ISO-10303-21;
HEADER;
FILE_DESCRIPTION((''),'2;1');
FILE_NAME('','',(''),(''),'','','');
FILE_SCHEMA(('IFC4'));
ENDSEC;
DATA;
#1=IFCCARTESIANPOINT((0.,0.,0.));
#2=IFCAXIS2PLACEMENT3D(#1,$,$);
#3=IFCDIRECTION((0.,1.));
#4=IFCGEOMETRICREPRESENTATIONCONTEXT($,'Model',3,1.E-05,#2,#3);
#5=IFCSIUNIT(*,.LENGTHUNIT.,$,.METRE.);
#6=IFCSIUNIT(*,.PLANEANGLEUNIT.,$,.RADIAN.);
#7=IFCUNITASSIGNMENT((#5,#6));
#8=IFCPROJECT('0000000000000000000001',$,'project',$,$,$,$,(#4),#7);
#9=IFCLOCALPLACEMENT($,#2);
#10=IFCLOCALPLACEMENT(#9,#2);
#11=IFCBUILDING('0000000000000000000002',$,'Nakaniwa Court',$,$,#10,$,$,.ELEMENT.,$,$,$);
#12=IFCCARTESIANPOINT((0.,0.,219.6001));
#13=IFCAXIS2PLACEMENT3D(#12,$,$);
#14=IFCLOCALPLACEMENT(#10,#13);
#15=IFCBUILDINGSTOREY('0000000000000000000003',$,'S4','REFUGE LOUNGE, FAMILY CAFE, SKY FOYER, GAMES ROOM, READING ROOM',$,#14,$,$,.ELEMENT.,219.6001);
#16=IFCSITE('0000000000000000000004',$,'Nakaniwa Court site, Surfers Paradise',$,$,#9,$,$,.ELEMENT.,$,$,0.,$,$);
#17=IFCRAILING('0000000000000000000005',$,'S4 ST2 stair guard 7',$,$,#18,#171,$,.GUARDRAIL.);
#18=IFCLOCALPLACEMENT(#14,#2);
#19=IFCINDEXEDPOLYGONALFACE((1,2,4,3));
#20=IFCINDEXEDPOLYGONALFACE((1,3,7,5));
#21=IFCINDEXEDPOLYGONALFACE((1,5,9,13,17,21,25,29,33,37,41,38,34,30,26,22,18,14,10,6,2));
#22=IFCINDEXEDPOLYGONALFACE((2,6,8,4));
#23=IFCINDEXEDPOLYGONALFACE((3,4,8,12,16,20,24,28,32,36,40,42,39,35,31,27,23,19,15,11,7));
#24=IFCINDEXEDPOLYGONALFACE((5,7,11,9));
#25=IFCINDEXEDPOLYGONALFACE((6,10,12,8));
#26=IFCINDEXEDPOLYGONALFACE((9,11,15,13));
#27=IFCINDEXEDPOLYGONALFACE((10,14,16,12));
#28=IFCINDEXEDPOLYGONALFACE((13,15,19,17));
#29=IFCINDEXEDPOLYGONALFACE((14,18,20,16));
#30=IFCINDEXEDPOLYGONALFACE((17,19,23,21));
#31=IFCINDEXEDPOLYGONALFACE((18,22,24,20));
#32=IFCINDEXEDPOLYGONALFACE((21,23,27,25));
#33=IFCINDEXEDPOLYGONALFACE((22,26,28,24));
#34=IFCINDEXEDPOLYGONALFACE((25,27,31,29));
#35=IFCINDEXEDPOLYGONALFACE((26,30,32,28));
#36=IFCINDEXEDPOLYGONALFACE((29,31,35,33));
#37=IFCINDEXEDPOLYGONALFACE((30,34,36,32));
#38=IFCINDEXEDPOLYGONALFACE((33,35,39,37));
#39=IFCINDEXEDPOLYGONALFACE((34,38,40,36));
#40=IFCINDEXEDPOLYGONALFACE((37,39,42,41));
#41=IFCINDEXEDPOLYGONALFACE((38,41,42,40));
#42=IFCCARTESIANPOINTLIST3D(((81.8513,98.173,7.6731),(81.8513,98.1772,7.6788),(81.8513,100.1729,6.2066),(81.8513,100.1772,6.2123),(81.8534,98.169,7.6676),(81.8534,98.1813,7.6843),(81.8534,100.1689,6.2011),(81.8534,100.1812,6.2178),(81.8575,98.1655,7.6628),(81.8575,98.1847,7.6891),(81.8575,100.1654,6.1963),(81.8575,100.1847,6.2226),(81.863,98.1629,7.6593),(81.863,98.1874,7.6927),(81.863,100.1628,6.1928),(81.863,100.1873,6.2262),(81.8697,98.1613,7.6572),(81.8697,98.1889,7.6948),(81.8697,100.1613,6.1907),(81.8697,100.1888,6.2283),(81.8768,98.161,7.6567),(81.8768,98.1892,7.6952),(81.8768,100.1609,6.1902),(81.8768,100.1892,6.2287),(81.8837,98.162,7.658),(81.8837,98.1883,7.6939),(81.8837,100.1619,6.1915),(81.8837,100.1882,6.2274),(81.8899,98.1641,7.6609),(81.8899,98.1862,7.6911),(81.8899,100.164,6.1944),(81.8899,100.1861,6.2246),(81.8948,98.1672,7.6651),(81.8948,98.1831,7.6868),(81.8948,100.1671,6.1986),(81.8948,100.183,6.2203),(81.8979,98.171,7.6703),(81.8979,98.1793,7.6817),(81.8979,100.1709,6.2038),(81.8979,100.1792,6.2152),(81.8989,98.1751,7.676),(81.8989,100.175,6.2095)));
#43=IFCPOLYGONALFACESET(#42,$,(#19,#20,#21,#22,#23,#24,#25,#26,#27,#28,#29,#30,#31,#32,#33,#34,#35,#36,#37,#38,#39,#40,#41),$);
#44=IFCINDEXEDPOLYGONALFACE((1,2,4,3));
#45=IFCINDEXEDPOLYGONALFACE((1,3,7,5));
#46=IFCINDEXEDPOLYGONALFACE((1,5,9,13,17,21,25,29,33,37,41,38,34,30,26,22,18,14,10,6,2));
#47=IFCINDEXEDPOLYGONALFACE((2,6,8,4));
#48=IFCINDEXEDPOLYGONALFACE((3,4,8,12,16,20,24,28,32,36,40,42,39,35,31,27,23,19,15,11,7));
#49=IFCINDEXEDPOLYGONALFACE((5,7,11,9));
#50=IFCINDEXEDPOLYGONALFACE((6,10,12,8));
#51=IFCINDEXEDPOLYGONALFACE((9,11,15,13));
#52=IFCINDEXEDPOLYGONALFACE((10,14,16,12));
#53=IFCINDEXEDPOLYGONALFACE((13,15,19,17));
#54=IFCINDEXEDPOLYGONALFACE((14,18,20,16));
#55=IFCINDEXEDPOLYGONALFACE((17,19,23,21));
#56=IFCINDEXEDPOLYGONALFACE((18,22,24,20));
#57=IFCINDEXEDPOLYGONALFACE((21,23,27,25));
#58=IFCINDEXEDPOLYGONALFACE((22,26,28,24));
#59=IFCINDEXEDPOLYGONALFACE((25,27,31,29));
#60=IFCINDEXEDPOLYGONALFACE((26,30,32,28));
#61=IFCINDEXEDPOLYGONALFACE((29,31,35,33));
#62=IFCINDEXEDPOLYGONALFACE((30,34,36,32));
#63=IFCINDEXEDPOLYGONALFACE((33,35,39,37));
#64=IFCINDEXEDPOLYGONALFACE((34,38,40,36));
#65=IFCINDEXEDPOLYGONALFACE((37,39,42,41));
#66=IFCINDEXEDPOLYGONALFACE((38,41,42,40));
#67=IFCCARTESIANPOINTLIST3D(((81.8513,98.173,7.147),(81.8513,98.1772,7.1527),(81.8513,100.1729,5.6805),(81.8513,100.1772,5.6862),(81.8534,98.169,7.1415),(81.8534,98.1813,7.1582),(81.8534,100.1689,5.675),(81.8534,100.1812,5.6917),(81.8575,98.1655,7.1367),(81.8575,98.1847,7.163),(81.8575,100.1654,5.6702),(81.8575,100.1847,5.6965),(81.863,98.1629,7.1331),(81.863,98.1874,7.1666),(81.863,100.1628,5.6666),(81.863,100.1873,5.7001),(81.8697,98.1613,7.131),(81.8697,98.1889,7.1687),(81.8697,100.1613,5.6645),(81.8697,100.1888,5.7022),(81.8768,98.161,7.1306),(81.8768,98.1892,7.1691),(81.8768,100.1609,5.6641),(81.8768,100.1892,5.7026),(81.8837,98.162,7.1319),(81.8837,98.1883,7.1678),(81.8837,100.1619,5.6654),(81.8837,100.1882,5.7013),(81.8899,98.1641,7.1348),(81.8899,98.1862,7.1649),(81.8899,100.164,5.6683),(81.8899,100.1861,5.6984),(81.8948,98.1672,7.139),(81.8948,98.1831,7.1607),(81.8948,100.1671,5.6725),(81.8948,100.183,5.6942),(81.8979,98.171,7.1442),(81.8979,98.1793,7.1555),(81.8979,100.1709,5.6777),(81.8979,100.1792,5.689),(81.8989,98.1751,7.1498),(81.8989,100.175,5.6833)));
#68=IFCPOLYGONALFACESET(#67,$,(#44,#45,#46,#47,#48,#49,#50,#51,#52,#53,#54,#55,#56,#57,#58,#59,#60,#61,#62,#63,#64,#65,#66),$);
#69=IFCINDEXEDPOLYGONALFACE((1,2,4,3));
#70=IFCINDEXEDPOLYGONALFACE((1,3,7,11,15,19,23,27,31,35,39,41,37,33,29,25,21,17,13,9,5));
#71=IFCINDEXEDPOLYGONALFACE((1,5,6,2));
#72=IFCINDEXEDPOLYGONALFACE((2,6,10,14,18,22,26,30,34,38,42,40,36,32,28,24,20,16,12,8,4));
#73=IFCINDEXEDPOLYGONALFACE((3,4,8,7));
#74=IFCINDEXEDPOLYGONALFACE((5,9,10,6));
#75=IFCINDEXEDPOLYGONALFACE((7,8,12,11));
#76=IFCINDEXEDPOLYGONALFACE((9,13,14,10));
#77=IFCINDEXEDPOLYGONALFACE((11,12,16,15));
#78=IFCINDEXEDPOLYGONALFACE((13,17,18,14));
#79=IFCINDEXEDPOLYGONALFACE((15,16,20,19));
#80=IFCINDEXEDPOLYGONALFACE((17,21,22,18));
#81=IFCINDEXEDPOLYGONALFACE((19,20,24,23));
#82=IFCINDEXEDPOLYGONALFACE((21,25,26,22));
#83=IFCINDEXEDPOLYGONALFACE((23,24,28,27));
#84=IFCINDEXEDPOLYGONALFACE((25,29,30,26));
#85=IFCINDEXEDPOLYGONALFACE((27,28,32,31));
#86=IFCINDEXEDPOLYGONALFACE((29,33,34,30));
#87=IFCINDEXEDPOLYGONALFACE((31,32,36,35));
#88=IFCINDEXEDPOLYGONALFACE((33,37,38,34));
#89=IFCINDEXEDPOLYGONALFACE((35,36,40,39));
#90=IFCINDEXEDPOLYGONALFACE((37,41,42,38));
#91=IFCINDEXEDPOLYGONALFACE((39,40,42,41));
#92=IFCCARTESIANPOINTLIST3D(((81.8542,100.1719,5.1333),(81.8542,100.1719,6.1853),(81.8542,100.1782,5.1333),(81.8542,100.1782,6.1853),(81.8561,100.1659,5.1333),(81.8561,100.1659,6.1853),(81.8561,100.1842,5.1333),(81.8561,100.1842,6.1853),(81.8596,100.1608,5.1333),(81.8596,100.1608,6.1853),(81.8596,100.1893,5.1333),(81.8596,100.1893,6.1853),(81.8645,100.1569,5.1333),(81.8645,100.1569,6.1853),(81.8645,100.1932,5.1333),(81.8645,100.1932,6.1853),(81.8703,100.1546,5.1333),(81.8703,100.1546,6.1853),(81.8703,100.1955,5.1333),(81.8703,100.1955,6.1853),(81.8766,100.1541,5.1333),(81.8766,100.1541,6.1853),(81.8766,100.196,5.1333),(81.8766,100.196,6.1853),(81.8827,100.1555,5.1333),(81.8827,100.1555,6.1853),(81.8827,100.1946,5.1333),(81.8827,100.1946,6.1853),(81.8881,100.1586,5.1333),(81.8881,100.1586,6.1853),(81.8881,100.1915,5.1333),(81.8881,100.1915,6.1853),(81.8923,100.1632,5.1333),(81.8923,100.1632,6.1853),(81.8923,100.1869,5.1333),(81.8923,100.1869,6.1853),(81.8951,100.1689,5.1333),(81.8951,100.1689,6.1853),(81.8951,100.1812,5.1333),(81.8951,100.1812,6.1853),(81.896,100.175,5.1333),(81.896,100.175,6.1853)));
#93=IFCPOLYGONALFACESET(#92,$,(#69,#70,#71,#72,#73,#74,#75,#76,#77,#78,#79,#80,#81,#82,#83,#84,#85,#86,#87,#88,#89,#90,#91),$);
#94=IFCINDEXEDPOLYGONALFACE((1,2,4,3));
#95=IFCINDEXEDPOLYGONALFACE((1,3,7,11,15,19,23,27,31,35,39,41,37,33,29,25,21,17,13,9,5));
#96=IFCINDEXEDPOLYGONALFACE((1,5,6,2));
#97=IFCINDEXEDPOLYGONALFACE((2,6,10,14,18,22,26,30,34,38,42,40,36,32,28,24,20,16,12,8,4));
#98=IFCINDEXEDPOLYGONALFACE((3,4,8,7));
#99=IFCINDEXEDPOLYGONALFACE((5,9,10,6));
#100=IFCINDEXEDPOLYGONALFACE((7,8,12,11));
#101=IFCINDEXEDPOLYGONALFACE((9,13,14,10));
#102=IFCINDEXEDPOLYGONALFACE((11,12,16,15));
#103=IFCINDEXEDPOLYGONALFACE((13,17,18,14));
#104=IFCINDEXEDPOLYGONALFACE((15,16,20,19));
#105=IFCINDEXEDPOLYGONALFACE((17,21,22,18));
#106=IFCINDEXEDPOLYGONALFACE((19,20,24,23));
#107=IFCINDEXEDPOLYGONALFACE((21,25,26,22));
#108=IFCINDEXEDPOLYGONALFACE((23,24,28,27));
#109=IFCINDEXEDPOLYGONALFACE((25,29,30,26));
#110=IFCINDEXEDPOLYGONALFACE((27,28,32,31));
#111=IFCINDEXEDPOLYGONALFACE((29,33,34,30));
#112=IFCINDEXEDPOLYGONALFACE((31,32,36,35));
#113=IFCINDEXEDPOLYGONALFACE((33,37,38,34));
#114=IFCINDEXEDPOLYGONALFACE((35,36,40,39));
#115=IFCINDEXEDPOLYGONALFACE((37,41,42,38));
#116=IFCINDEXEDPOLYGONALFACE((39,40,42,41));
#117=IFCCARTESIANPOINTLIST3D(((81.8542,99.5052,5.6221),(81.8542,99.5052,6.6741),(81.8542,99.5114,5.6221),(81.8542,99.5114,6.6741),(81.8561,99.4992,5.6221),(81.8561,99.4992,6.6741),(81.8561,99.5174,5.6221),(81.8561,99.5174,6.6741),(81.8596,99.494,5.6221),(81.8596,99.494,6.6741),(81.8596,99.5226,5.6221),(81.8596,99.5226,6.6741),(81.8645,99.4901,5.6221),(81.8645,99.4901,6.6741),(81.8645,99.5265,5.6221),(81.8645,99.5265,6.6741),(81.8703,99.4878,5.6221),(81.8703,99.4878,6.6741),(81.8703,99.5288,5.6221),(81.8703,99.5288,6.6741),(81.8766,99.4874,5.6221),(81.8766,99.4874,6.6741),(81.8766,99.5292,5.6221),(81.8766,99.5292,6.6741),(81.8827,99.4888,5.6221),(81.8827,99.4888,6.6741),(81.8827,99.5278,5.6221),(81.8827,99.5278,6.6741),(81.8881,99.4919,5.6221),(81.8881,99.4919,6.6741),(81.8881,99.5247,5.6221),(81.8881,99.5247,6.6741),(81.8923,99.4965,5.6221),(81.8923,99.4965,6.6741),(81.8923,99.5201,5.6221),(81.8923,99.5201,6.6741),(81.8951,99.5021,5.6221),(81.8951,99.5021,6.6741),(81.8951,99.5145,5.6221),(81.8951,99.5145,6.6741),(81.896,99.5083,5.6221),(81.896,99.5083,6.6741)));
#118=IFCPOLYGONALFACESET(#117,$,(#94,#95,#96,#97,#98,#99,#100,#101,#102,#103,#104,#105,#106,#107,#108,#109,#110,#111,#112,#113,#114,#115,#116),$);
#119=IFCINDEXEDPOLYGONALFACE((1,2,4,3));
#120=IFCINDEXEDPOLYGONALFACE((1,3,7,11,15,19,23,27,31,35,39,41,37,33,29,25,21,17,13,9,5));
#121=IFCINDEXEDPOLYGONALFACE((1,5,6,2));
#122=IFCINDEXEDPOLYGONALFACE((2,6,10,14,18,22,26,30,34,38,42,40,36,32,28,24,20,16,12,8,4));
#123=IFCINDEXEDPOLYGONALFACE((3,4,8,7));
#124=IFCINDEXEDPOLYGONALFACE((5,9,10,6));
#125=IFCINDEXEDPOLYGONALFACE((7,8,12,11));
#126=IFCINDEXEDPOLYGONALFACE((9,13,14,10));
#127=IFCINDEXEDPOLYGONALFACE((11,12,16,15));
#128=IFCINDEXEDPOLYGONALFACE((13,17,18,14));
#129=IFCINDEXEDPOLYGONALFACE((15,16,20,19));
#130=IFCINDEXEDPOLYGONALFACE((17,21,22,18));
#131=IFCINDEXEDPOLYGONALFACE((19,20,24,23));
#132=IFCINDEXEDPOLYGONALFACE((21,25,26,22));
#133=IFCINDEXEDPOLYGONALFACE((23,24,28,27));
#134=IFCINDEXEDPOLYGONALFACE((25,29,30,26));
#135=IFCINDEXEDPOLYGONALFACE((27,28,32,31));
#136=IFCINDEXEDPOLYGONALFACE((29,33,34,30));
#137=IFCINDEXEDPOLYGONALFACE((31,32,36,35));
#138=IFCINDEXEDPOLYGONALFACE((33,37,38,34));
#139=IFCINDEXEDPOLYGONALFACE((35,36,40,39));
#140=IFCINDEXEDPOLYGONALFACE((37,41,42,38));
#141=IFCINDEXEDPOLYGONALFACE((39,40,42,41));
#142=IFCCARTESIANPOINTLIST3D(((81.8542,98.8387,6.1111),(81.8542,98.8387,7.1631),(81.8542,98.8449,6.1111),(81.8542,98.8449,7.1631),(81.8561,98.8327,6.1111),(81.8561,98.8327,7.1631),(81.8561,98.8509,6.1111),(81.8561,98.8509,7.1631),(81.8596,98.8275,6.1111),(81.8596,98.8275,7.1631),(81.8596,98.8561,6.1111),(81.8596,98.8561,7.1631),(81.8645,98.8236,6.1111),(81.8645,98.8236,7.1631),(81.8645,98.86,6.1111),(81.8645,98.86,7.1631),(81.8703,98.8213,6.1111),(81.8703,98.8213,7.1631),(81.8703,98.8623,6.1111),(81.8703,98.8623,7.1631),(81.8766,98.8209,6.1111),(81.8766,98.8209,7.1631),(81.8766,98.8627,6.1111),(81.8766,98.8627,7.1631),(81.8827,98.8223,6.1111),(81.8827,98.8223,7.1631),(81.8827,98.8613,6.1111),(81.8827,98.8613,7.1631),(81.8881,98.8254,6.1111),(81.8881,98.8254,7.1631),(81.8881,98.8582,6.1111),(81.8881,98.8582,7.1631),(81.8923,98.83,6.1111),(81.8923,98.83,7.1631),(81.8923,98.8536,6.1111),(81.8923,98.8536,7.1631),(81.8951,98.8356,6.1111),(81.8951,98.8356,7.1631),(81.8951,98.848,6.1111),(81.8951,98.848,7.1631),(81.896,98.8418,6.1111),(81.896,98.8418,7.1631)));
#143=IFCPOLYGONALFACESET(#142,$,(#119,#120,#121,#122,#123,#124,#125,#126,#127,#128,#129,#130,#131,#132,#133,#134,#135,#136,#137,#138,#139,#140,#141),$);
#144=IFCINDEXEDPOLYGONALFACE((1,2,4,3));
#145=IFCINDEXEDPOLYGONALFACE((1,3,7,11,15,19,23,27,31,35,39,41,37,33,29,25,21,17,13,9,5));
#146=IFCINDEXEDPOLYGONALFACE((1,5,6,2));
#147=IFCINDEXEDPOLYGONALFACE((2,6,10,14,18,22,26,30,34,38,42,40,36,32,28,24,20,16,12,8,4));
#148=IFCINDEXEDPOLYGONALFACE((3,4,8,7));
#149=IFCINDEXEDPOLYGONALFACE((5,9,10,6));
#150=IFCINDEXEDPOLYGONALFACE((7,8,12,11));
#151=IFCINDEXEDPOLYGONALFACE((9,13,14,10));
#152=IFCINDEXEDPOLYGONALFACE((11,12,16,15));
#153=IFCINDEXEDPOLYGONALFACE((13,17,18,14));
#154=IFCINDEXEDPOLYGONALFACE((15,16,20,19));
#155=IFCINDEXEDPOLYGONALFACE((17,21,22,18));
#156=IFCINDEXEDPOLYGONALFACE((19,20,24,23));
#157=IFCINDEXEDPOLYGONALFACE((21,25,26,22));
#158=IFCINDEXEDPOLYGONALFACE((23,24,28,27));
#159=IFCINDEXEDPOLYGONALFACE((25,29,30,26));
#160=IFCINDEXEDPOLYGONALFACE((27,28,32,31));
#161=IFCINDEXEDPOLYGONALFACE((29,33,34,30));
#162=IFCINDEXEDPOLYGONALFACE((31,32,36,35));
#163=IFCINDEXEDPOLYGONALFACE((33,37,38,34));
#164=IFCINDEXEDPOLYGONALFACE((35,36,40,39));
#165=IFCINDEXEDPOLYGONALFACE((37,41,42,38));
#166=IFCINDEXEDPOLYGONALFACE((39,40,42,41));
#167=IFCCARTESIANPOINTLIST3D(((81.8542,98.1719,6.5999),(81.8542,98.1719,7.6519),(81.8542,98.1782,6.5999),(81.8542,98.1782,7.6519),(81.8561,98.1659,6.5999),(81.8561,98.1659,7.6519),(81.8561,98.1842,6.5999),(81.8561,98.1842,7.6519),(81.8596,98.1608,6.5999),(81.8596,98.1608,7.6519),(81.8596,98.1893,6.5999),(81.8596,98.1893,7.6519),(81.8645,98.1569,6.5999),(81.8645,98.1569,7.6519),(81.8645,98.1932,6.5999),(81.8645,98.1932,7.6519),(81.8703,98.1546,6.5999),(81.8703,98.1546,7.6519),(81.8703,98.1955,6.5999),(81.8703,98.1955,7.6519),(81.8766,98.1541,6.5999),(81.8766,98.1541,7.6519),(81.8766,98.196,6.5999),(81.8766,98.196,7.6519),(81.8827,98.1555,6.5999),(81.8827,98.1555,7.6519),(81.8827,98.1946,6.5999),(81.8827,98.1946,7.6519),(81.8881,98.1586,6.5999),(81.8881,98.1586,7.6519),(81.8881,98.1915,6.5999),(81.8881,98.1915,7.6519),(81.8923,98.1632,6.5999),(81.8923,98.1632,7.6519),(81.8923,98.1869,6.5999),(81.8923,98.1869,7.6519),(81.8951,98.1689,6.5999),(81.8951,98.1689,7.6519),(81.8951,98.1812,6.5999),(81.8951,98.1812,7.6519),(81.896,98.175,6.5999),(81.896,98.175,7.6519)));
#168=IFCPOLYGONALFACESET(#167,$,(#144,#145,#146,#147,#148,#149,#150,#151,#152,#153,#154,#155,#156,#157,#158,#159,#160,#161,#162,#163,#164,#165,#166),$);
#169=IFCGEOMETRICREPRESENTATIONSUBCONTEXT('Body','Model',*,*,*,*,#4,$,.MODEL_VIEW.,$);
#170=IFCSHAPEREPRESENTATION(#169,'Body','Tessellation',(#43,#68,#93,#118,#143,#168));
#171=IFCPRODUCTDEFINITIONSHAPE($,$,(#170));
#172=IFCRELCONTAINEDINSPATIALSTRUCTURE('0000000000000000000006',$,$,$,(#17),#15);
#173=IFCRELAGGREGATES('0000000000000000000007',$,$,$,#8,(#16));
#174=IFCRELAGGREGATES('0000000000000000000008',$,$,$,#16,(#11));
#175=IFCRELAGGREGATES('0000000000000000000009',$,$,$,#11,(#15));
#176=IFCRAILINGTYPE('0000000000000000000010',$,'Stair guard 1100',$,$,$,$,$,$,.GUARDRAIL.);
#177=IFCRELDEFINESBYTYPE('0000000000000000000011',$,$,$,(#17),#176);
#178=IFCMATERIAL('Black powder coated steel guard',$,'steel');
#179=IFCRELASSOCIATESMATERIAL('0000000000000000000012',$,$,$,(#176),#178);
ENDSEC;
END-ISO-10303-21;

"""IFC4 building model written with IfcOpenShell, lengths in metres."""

from ifc_helpers import new_model, si_unit, direction, frame, origin, origin_2d, place, context, subcontext, project, spatial, circle, extrude, material, type_object, element, save


model = new_model("IFC4")

# Units and contexts
model_context = context("Model", 3, precision=1e-05, world=origin(), true_north=direction((0.0, 1.0)))
body_context = subcontext(model_context, "Body", "Model", "MODEL_VIEW")
ifc_project = project(units=[si_unit("LENGTHUNIT", "METRE"), si_unit("PLANEANGLEUNIT", "RADIAN")], contexts=[model_context])

# Site, building, storey
site_placement = place(None, origin())
site = spatial("IfcSite", under=ifc_project, at=site_placement, Name="Nakaniwa Court site, Surfers Paradise", CompositionType="ELEMENT", RefElevation=0.0)
building_placement = place(site_placement, origin())
building = spatial("IfcBuilding", under=site, at=building_placement, Name="Nakaniwa Court", CompositionType="ELEMENT")
storey_placement = place(building_placement, frame((0.0, 0.0, 219.6001)))
storey = spatial("IfcBuildingStorey", under=building, at=storey_placement, Name="S4", Description="REFUGE LOUNGE, FAMILY CAFE, SKY FOYER, GAMES ROOM, READING ROOM", CompositionType="ELEMENT", Elevation=219.6001)

# Railing
ifc_material_1 = material(Name="Black powder coated steel guard", Category="steel")
railing_type_1 = type_object("IfcRailingType", Name="Stair guard 1100", PredefinedType="GUARDRAIL", material=ifc_material_1)
railing_1_placement = place(storey_placement, frame((81.875, 100.175, 5.1333)))
element("IfcRailing", 1, at=railing_1_placement, inside=storey, type_object=railing_type_1, Name="S4 ST2 stair guard 7", PredefinedType="GUARDRAIL", context=body_context, shape_type="SweptSolid", body=[
    extrude(circle(Radius=0.0239, at=origin_2d()), frame((0.0, 0.0, 1.0762), z_axis=(0.0, -0.806427, 0.591334), x_axis=(1.0, 0.0, 0.0)), (0.0, 0.0, 1.0), 2.48),
    extrude(circle(Radius=0.0239, at=origin_2d()), frame((0.0, 0.0, 0.55), z_axis=(0.0, -0.806427, 0.591334), x_axis=(1.0, 0.0, 0.0)), (0.0, 0.0, 1.0), 2.48),
    extrude(circle(Radius=0.021, at=origin_2d()), origin(), (0.0, 0.0, 1.0), 1.052),
    extrude(circle(Radius=0.021, at=origin_2d()), frame((0.0, -0.6667, 0.4888)), (0.0, 0.0, 1.0), 1.052),
    extrude(circle(Radius=0.021, at=origin_2d()), frame((0.0, -1.3333, 0.9778)), (0.0, 0.0, 1.0), 1.052),
    extrude(circle(Radius=0.021, at=origin_2d()), frame((0.0, -2.0, 1.4666)), (0.0, 0.0, 1.0), 1.052),
])

save(model, "model.ifc")
